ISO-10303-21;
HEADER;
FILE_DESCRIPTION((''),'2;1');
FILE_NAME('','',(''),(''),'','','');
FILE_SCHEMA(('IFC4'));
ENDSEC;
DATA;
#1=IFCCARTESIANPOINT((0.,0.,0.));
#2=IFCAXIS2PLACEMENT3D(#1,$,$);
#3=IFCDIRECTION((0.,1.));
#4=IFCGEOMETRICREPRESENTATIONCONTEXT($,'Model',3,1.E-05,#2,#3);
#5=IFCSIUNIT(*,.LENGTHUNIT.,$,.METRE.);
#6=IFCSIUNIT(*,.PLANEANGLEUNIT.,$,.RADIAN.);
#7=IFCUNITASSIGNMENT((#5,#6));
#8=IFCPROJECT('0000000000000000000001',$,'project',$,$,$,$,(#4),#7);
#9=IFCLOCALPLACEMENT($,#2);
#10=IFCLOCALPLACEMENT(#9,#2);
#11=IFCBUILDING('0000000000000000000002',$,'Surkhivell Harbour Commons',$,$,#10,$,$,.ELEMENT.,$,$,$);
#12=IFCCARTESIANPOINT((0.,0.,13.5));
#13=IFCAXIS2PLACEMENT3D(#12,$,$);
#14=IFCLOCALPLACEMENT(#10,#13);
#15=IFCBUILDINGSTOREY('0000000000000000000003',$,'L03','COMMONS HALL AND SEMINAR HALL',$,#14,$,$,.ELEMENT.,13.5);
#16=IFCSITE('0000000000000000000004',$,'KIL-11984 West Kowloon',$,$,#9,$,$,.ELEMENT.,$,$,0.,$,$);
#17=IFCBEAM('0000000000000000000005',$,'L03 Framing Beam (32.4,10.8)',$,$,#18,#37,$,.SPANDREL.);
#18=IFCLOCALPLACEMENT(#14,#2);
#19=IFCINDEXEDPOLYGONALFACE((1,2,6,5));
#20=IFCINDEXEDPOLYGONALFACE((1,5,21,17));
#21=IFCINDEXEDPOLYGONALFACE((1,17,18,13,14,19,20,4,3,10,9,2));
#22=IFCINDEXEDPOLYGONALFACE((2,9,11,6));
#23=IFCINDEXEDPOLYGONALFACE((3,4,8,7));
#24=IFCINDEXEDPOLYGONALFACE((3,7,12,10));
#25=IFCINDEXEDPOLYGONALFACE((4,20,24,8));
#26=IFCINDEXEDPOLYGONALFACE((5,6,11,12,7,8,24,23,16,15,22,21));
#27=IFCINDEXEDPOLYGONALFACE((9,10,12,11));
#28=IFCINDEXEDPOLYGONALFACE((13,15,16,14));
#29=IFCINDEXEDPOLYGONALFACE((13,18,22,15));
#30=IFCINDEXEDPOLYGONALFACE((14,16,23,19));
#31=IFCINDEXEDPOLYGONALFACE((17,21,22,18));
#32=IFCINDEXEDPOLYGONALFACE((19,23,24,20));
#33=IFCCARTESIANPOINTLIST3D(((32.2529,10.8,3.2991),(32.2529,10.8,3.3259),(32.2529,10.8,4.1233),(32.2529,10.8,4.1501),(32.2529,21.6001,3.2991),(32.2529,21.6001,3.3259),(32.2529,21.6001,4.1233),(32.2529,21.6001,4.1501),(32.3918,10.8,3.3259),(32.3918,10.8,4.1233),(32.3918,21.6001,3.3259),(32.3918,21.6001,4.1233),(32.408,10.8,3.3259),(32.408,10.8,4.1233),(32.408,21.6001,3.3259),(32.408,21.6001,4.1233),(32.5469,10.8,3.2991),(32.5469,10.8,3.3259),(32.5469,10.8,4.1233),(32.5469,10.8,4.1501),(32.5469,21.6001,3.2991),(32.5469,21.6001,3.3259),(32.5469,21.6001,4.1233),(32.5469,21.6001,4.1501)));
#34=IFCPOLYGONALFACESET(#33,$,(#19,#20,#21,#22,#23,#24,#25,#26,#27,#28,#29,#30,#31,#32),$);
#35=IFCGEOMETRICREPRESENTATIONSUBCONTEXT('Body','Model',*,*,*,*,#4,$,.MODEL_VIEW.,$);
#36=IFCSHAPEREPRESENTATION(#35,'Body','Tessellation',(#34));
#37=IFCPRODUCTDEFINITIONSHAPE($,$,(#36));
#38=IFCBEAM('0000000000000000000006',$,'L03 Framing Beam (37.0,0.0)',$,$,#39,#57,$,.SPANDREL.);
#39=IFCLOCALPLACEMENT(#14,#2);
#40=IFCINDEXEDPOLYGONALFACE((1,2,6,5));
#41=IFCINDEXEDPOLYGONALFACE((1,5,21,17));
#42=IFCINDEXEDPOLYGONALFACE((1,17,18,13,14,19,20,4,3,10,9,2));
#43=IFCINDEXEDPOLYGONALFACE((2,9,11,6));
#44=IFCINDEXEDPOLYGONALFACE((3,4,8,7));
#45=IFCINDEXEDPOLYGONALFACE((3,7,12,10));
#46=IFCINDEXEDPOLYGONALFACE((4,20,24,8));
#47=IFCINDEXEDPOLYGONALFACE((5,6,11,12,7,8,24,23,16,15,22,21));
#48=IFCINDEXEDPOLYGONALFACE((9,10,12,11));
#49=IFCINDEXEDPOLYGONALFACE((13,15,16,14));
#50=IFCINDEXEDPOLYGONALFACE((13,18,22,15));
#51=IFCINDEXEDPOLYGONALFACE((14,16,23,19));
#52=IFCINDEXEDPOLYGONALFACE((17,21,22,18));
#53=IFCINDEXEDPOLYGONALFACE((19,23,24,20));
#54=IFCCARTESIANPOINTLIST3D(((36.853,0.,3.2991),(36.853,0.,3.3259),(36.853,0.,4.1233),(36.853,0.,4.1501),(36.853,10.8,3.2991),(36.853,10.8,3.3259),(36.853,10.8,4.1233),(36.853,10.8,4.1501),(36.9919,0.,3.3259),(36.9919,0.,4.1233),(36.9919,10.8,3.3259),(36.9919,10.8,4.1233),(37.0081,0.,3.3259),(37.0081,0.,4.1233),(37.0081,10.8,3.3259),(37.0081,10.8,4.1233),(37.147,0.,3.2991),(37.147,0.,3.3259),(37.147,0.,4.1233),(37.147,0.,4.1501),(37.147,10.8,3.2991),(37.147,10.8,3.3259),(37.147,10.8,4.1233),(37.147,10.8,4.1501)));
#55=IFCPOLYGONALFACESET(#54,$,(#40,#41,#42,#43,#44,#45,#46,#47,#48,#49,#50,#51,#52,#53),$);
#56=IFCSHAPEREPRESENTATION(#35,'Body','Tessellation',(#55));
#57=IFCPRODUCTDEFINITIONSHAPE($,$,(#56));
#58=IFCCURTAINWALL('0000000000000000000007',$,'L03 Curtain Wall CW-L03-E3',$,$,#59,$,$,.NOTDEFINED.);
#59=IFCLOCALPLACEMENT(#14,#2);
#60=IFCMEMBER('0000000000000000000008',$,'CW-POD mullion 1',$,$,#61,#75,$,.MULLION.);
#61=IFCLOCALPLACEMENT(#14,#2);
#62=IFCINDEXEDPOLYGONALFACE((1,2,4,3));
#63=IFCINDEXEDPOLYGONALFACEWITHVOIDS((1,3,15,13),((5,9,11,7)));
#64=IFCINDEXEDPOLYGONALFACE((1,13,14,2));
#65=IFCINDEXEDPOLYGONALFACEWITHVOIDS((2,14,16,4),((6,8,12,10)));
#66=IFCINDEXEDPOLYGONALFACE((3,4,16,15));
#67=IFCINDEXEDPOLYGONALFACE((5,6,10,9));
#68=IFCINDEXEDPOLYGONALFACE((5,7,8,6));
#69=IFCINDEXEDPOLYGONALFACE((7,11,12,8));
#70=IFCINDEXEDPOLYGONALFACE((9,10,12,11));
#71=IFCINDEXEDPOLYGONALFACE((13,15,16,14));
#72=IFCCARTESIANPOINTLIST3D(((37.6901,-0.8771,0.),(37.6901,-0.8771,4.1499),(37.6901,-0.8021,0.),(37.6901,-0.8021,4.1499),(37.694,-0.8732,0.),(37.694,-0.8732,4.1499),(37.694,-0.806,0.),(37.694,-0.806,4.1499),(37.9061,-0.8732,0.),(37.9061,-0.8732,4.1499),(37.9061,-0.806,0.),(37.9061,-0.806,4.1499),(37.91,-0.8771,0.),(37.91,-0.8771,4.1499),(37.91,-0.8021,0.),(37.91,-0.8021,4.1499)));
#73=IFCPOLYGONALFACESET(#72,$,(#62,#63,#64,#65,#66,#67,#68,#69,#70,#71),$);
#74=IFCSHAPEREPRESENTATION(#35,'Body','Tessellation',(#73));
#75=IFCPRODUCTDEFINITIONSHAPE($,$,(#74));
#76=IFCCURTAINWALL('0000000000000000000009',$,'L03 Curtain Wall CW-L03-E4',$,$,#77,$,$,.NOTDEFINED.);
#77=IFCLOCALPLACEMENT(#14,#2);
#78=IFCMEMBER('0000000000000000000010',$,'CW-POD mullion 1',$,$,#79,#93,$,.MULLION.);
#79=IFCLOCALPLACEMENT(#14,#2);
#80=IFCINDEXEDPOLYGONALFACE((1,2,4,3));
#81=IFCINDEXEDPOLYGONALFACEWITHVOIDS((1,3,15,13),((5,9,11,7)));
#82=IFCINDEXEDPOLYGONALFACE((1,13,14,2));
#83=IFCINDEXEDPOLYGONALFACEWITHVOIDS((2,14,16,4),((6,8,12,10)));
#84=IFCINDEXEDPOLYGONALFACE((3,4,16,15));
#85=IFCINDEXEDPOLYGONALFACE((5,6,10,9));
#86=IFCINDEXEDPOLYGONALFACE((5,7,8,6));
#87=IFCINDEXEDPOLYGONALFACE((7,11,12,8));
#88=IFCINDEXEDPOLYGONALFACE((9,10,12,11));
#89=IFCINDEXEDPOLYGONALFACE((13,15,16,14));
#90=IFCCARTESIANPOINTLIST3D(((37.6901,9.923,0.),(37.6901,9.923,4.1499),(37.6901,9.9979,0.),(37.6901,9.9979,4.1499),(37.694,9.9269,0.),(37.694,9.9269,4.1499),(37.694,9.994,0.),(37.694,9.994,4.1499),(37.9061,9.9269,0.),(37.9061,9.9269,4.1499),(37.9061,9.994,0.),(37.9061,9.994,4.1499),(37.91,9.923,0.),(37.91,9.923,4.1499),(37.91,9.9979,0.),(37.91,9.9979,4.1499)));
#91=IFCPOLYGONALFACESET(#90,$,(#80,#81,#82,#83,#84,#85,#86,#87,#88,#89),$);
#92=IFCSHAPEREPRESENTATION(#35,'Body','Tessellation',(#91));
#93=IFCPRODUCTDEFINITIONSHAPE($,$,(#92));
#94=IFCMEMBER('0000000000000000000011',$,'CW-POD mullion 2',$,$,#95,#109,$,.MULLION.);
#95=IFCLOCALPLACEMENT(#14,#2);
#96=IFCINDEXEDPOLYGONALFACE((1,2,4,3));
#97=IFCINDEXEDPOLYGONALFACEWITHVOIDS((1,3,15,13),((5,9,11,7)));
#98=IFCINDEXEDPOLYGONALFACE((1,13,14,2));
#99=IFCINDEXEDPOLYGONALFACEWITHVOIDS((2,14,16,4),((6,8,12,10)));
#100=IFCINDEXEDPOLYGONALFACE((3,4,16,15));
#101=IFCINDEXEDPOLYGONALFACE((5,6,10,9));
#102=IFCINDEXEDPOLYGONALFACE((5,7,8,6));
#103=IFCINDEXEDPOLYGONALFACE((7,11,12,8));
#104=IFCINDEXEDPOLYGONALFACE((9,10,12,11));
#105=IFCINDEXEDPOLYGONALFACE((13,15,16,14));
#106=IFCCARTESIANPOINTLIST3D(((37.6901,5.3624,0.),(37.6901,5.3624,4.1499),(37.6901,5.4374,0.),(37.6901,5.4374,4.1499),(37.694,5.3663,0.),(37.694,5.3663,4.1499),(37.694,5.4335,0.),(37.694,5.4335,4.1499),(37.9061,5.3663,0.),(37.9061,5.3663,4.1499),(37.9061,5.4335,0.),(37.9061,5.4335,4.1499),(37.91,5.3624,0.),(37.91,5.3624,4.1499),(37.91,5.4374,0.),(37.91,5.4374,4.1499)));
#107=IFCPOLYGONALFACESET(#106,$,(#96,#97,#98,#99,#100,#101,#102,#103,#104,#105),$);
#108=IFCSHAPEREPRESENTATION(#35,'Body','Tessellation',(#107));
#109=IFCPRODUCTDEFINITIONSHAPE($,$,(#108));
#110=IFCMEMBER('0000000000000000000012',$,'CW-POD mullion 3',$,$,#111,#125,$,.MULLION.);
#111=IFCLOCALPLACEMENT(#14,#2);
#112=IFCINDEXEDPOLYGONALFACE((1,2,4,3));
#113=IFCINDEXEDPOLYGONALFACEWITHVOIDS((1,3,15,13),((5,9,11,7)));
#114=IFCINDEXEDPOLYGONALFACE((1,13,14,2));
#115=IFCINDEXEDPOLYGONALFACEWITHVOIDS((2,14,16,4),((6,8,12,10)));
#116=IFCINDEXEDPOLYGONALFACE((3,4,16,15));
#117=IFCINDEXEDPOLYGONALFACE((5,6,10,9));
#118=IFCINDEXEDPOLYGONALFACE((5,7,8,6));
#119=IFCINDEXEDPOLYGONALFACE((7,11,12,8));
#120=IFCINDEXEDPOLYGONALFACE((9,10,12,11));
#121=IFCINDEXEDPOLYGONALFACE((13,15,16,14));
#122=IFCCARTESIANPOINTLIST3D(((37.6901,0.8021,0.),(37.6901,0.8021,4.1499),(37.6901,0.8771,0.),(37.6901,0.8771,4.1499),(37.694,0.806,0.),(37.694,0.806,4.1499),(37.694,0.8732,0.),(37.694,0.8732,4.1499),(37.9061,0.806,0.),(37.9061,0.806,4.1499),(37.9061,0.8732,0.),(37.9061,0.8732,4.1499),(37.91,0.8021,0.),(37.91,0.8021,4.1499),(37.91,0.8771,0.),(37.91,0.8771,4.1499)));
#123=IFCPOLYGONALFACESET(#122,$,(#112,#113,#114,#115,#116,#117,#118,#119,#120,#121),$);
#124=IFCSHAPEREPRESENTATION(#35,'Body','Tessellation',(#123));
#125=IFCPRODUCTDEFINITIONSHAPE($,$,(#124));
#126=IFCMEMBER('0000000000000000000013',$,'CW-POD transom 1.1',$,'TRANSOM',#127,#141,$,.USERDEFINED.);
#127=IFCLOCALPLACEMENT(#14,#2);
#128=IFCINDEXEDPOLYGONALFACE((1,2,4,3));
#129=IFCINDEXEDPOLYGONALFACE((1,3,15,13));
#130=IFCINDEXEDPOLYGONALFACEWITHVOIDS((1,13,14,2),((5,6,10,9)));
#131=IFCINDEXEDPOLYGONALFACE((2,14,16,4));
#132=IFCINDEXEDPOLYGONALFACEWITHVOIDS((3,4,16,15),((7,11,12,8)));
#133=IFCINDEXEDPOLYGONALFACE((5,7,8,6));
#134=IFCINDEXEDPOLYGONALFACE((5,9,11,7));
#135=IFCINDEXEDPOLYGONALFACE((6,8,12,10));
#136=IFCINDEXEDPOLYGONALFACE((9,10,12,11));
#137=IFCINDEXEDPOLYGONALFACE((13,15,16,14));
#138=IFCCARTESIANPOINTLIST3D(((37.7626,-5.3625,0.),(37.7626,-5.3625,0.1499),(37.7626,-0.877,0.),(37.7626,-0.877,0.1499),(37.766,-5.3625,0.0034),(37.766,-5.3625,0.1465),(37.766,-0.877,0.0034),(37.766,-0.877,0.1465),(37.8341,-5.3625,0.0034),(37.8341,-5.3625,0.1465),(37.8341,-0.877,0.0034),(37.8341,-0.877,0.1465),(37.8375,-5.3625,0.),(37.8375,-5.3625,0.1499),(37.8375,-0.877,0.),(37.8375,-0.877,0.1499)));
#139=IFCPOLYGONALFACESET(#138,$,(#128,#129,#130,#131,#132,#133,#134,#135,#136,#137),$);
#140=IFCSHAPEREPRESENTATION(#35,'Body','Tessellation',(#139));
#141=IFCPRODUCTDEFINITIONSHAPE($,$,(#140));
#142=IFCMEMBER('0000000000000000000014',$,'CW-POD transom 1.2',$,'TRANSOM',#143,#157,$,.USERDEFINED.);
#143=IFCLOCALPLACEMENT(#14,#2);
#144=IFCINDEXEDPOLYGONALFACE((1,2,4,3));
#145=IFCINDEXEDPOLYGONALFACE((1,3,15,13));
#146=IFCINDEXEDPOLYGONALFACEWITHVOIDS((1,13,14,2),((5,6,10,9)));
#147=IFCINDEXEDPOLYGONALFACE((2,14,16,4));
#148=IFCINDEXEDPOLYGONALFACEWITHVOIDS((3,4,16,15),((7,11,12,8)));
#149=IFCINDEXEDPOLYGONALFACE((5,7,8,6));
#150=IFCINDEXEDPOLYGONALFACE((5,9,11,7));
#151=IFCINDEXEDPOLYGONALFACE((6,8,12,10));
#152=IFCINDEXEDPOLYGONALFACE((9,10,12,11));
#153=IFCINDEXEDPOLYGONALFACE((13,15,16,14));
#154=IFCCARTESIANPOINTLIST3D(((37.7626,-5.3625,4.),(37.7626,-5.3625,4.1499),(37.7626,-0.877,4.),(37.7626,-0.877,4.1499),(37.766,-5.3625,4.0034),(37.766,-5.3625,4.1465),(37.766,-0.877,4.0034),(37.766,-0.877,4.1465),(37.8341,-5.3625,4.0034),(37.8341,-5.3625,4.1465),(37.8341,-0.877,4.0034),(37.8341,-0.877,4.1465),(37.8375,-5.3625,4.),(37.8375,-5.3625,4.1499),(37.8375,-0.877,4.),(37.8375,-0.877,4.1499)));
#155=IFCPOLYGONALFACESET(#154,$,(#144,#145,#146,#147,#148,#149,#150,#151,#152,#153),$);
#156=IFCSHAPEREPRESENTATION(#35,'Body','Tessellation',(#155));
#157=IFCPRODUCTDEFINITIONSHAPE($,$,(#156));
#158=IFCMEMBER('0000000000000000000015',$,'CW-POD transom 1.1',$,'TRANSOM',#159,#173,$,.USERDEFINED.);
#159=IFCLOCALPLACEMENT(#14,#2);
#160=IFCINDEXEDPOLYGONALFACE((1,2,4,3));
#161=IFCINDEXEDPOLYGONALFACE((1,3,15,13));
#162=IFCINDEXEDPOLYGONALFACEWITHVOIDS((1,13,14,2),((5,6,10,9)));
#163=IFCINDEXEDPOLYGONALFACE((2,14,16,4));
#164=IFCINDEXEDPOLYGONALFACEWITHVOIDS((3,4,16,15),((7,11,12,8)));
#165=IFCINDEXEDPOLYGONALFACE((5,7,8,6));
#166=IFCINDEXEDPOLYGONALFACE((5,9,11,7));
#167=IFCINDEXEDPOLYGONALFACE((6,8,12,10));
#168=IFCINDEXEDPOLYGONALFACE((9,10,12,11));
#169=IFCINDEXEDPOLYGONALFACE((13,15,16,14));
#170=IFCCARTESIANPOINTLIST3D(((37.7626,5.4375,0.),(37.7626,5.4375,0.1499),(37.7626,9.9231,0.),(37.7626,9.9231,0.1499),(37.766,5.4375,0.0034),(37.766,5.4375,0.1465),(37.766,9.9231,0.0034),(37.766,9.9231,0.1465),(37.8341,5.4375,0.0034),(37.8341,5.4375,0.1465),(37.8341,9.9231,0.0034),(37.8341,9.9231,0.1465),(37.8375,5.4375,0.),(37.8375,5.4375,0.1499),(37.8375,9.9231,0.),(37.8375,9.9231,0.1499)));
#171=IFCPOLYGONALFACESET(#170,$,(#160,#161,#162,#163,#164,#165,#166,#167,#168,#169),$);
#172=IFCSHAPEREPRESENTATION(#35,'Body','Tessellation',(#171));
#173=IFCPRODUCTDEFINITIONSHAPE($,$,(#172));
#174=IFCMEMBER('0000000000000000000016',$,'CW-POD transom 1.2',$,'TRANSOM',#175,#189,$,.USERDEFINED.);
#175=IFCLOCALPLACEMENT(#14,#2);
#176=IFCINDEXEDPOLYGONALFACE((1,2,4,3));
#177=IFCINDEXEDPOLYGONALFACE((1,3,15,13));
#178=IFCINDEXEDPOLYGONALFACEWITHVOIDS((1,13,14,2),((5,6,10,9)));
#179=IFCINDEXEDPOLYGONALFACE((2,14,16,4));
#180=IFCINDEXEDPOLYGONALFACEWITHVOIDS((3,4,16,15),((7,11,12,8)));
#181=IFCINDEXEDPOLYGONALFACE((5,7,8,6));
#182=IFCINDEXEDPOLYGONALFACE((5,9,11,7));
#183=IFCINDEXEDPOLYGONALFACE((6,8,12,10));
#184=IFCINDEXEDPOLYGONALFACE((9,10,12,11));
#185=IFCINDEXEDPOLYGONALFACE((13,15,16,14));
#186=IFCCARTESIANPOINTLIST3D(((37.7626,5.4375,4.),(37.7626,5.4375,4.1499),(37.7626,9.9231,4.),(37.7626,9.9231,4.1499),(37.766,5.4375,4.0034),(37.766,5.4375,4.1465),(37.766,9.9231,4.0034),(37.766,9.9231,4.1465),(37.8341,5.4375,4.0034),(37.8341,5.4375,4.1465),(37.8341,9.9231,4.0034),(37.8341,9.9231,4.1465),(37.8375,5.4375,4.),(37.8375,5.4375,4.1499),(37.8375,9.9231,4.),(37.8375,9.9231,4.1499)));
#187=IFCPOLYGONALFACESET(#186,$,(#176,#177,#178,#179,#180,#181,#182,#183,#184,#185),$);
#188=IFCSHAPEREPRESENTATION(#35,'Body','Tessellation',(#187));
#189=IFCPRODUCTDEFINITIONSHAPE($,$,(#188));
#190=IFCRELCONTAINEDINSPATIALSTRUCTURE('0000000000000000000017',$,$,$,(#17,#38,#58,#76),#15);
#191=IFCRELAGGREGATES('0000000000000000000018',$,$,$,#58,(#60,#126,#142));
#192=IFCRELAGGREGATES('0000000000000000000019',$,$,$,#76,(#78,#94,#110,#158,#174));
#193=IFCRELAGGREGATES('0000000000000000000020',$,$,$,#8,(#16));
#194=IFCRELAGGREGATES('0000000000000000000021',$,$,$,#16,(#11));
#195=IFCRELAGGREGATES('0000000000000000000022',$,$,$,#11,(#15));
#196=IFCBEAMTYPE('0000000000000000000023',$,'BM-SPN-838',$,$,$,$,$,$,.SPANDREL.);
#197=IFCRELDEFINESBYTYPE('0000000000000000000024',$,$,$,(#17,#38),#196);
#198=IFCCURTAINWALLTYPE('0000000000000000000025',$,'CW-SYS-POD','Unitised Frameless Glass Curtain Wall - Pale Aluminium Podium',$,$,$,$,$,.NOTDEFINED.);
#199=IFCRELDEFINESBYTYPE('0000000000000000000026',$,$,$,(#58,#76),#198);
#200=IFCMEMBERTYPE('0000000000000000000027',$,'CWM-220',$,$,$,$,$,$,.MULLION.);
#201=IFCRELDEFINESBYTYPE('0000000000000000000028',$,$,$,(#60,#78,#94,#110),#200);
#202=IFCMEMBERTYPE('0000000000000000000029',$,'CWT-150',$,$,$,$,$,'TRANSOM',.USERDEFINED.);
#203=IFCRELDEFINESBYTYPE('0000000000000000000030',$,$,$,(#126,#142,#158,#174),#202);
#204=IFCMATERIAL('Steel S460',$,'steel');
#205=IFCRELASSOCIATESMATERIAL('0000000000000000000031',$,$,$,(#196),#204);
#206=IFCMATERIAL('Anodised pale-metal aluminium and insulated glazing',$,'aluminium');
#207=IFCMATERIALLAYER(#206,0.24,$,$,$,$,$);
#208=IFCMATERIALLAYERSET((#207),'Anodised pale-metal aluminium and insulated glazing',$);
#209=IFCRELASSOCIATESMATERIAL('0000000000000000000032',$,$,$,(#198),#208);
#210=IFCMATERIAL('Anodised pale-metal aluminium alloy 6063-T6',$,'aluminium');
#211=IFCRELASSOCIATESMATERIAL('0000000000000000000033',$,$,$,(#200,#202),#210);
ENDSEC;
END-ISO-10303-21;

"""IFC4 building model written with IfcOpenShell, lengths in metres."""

from ifc_helpers import new_model, si_unit, direction, frame, origin, origin_2d, place, context, subcontext, project, spatial, hollow_rectangle, i_section, extrude, material, layer, layer_set, material_profile, profile_set, type_object, element, aggregate, save


model = new_model("IFC4")

# Units and contexts
model_context = context("Model", 3, precision=1e-05, world=origin(), true_north=direction((0.0, 1.0)))
body_context = subcontext(model_context, "Body", "Model", "MODEL_VIEW")
ifc_project = project(units=[si_unit("LENGTHUNIT", "METRE"), si_unit("PLANEANGLEUNIT", "RADIAN")], contexts=[model_context])

# Site, building, storey
site_placement = place(None, origin())
site = spatial("IfcSite", under=ifc_project, at=site_placement, Name="KIL-11984 West Kowloon", CompositionType="ELEMENT", RefElevation=0.0)
building_placement = place(site_placement, origin())
building = spatial("IfcBuilding", under=site, at=building_placement, Name="Surkhivell Harbour Commons", CompositionType="ELEMENT")
storey_placement = place(building_placement, frame((0.0, 0.0, 13.5)))
storey = spatial("IfcBuildingStorey", under=building, at=storey_placement, Name="L03", Description="COMMONS HALL AND SEMINAR HALL", CompositionType="ELEMENT", Elevation=13.5)

# Beams
ifc_material_1 = material(Name="Steel S460", Category="steel")
ifc_material_profile_1 = material_profile(ifc_material_1, i_section(OverallWidth=0.2939, OverallDepth=0.8511, WebThickness=0.0161, FlangeThickness=0.0269, at=origin_2d()), Name="UB838x292x226")
ifc_profile_set_1 = profile_set([ifc_material_profile_1], Name="Steel S460")
beam_type = type_object("IfcBeamType", Name="BM-SPN-838", PredefinedType="SPANDREL", material=ifc_profile_set_1)
for number, where, z_axis, x_axis, name in (
    (1, (32.3999, 10.8, 3.7246), (0.0, 1.0, 0.0), (-1.0, 0.0, 0.0), "L03 Framing Beam (32.4,10.8)"),
    (2, (37.0, 0.0, 3.7246), (0.0, 1.0, 0.0), (-1.0, 0.0, 0.0), "L03 Framing Beam (37.0,0.0)"),
):
    element("IfcBeam", number, at=place(storey_placement, frame(where, z_axis=z_axis, x_axis=x_axis)), inside=storey, type_object=beam_type, Name=name, PredefinedType="SPANDREL", context=body_context, shape_type="SweptSolid", body=[
        extrude(i_section(OverallWidth=0.2939, OverallDepth=0.8511, WebThickness=0.0161, FlangeThickness=0.0269, at=origin_2d()), origin(), (0.0, 0.0, 1.0), 10.8),
    ])

# Curtain wall, member
ifc_material_2 = material(Name="Anodised pale-metal aluminium and insulated glazing", Category="aluminium")
ifc_layer_1 = layer(ifc_material_2, 0.24)
ifc_layer_set_1 = layer_set([ifc_layer_1], Name="Anodised pale-metal aluminium and insulated glazing")
curtain_wall_type = type_object("IfcCurtainWallType", Name="CW-SYS-POD", Description="Unitised Frameless Glass Curtain Wall - Pale Aluminium Podium", PredefinedType="NOTDEFINED", material=ifc_layer_set_1)
curtain_wall_1_placement = place(storey_placement, origin())
curtain_wall_1 = element("IfcCurtainWall", 3, at=curtain_wall_1_placement, inside=storey, type_object=curtain_wall_type, Name="L03 Curtain Wall CW-L03-E3", PredefinedType="NOTDEFINED")
ifc_material_3 = material(Name="Anodised pale-metal aluminium alloy 6063-T6", Category="aluminium")
ifc_material_profile_2 = material_profile(ifc_material_3, hollow_rectangle(XDim=0.075, YDim=0.22, WallThickness=0.0039, at=origin_2d()), Name="ALU-MULL-75x220")
ifc_profile_set_2 = profile_set([ifc_material_profile_2], Name="Anodised pale-metal aluminium alloy 6063-T6")
member_type_1 = type_object("IfcMemberType", Name="CWM-220", PredefinedType="MULLION", material=ifc_profile_set_2)
member_1_placement = place(storey_placement, frame((37.8, -0.8396, 0.0), z_axis=(0.0, 0.0, 1.0), x_axis=(0.0, -1.0, 0.0)))
member_1 = element("IfcMember", 4, at=member_1_placement, type_object=member_type_1, Name="CW-POD mullion 1", PredefinedType="MULLION", context=body_context, shape_type="SweptSolid", body=[
    extrude(hollow_rectangle(XDim=0.075, YDim=0.22, WallThickness=0.0039, at=origin_2d()), origin(), (0.0, 0.0, 1.0), 4.1499),
])

# Curtain wall, members
curtain_wall_2_placement = place(storey_placement, origin())
curtain_wall_2 = element("IfcCurtainWall", 5, at=curtain_wall_2_placement, inside=storey, type_object=curtain_wall_type, Name="L03 Curtain Wall CW-L03-E4", PredefinedType="NOTDEFINED")
member_2_placement = place(storey_placement, frame((37.8, 9.9604, 0.0), z_axis=(0.0, 0.0, 1.0), x_axis=(0.0, -1.0, 0.0)))
member_2 = element("IfcMember", 6, at=member_2_placement, type_object=member_type_1, Name="CW-POD mullion 1", PredefinedType="MULLION", context=body_context, shape_type="SweptSolid", body=[
    extrude(hollow_rectangle(XDim=0.075, YDim=0.22, WallThickness=0.0039, at=origin_2d()), origin(), (0.0, 0.0, 1.0), 4.1499),
])
member_3_placement = place(storey_placement, frame((37.8, 5.3999, 0.0), z_axis=(0.0, 0.0, 1.0), x_axis=(0.0, -1.0, 0.0)))
member_3 = element("IfcMember", 7, at=member_3_placement, type_object=member_type_1, Name="CW-POD mullion 2", PredefinedType="MULLION", context=body_context, shape_type="SweptSolid", body=[
    extrude(hollow_rectangle(XDim=0.075, YDim=0.22, WallThickness=0.0039, at=origin_2d()), origin(), (0.0, 0.0, 1.0), 4.1499),
])
member_4_placement = place(storey_placement, frame((37.8, 0.8396, 0.0), z_axis=(0.0, 0.0, 1.0), x_axis=(0.0, -1.0, 0.0)))
member_4 = element("IfcMember", 8, at=member_4_placement, type_object=member_type_1, Name="CW-POD mullion 3", PredefinedType="MULLION", context=body_context, shape_type="SweptSolid", body=[
    extrude(hollow_rectangle(XDim=0.075, YDim=0.22, WallThickness=0.0039, at=origin_2d()), origin(), (0.0, 0.0, 1.0), 4.1499),
])

# Members
ifc_material_profile_3 = material_profile(ifc_material_3, hollow_rectangle(XDim=0.075, YDim=0.1499, WallThickness=0.0034, at=origin_2d()), Name="ALU-TRAN-75x150")
ifc_profile_set_3 = profile_set([ifc_material_profile_3], Name="Anodised pale-metal aluminium alloy 6063-T6")
member_type_2 = type_object("IfcMemberType", Name="CWT-150", ElementType="TRANSOM", PredefinedType="USERDEFINED", material=ifc_profile_set_3)
member_5_placement = place(storey_placement, frame((37.8, -0.877, 0.075), z_axis=(0.0, -1.0, 0.0), x_axis=(1.0, 0.0, 0.0)))
member_5 = element("IfcMember", 9, at=member_5_placement, type_object=member_type_2, Name="CW-POD transom 1.1", ObjectType="TRANSOM", PredefinedType="USERDEFINED", context=body_context, shape_type="SweptSolid", body=[
    extrude(hollow_rectangle(XDim=0.075, YDim=0.1499, WallThickness=0.0034, at=origin_2d()), origin(), (0.0, 0.0, 1.0), 4.4856),
])
member_6_placement = place(storey_placement, frame((37.8, -0.877, 4.075), z_axis=(0.0, -1.0, 0.0), x_axis=(1.0, 0.0, 0.0)))
member_6 = element("IfcMember", 10, at=member_6_placement, type_object=member_type_2, Name="CW-POD transom 1.2", ObjectType="TRANSOM", PredefinedType="USERDEFINED", context=body_context, shape_type="SweptSolid", body=[
    extrude(hollow_rectangle(XDim=0.075, YDim=0.1499, WallThickness=0.0034, at=origin_2d()), origin(), (0.0, 0.0, 1.0), 4.4856),
])
member_7_placement = place(storey_placement, frame((37.8, 9.9231, 0.075), z_axis=(0.0, -1.0, 0.0), x_axis=(1.0, 0.0, 0.0)))
member_7 = element("IfcMember", 11, at=member_7_placement, type_object=member_type_2, Name="CW-POD transom 1.1", ObjectType="TRANSOM", PredefinedType="USERDEFINED", context=body_context, shape_type="SweptSolid", body=[
    extrude(hollow_rectangle(XDim=0.075, YDim=0.1499, WallThickness=0.0034, at=origin_2d()), origin(), (0.0, 0.0, 1.0), 4.4856),
])
member_8_placement = place(storey_placement, frame((37.8, 9.9231, 4.075), z_axis=(0.0, -1.0, 0.0), x_axis=(1.0, 0.0, 0.0)))
member_8 = element("IfcMember", 12, at=member_8_placement, type_object=member_type_2, Name="CW-POD transom 1.2", ObjectType="TRANSOM", PredefinedType="USERDEFINED", context=body_context, shape_type="SweptSolid", body=[
    extrude(hollow_rectangle(XDim=0.075, YDim=0.1499, WallThickness=0.0034, at=origin_2d()), origin(), (0.0, 0.0, 1.0), 4.4856),
])

aggregate(curtain_wall_1, [member_1, member_5, member_6])
aggregate(curtain_wall_2, [member_2, member_3, member_4, member_7, member_8])

save(model, "model.ifc")
